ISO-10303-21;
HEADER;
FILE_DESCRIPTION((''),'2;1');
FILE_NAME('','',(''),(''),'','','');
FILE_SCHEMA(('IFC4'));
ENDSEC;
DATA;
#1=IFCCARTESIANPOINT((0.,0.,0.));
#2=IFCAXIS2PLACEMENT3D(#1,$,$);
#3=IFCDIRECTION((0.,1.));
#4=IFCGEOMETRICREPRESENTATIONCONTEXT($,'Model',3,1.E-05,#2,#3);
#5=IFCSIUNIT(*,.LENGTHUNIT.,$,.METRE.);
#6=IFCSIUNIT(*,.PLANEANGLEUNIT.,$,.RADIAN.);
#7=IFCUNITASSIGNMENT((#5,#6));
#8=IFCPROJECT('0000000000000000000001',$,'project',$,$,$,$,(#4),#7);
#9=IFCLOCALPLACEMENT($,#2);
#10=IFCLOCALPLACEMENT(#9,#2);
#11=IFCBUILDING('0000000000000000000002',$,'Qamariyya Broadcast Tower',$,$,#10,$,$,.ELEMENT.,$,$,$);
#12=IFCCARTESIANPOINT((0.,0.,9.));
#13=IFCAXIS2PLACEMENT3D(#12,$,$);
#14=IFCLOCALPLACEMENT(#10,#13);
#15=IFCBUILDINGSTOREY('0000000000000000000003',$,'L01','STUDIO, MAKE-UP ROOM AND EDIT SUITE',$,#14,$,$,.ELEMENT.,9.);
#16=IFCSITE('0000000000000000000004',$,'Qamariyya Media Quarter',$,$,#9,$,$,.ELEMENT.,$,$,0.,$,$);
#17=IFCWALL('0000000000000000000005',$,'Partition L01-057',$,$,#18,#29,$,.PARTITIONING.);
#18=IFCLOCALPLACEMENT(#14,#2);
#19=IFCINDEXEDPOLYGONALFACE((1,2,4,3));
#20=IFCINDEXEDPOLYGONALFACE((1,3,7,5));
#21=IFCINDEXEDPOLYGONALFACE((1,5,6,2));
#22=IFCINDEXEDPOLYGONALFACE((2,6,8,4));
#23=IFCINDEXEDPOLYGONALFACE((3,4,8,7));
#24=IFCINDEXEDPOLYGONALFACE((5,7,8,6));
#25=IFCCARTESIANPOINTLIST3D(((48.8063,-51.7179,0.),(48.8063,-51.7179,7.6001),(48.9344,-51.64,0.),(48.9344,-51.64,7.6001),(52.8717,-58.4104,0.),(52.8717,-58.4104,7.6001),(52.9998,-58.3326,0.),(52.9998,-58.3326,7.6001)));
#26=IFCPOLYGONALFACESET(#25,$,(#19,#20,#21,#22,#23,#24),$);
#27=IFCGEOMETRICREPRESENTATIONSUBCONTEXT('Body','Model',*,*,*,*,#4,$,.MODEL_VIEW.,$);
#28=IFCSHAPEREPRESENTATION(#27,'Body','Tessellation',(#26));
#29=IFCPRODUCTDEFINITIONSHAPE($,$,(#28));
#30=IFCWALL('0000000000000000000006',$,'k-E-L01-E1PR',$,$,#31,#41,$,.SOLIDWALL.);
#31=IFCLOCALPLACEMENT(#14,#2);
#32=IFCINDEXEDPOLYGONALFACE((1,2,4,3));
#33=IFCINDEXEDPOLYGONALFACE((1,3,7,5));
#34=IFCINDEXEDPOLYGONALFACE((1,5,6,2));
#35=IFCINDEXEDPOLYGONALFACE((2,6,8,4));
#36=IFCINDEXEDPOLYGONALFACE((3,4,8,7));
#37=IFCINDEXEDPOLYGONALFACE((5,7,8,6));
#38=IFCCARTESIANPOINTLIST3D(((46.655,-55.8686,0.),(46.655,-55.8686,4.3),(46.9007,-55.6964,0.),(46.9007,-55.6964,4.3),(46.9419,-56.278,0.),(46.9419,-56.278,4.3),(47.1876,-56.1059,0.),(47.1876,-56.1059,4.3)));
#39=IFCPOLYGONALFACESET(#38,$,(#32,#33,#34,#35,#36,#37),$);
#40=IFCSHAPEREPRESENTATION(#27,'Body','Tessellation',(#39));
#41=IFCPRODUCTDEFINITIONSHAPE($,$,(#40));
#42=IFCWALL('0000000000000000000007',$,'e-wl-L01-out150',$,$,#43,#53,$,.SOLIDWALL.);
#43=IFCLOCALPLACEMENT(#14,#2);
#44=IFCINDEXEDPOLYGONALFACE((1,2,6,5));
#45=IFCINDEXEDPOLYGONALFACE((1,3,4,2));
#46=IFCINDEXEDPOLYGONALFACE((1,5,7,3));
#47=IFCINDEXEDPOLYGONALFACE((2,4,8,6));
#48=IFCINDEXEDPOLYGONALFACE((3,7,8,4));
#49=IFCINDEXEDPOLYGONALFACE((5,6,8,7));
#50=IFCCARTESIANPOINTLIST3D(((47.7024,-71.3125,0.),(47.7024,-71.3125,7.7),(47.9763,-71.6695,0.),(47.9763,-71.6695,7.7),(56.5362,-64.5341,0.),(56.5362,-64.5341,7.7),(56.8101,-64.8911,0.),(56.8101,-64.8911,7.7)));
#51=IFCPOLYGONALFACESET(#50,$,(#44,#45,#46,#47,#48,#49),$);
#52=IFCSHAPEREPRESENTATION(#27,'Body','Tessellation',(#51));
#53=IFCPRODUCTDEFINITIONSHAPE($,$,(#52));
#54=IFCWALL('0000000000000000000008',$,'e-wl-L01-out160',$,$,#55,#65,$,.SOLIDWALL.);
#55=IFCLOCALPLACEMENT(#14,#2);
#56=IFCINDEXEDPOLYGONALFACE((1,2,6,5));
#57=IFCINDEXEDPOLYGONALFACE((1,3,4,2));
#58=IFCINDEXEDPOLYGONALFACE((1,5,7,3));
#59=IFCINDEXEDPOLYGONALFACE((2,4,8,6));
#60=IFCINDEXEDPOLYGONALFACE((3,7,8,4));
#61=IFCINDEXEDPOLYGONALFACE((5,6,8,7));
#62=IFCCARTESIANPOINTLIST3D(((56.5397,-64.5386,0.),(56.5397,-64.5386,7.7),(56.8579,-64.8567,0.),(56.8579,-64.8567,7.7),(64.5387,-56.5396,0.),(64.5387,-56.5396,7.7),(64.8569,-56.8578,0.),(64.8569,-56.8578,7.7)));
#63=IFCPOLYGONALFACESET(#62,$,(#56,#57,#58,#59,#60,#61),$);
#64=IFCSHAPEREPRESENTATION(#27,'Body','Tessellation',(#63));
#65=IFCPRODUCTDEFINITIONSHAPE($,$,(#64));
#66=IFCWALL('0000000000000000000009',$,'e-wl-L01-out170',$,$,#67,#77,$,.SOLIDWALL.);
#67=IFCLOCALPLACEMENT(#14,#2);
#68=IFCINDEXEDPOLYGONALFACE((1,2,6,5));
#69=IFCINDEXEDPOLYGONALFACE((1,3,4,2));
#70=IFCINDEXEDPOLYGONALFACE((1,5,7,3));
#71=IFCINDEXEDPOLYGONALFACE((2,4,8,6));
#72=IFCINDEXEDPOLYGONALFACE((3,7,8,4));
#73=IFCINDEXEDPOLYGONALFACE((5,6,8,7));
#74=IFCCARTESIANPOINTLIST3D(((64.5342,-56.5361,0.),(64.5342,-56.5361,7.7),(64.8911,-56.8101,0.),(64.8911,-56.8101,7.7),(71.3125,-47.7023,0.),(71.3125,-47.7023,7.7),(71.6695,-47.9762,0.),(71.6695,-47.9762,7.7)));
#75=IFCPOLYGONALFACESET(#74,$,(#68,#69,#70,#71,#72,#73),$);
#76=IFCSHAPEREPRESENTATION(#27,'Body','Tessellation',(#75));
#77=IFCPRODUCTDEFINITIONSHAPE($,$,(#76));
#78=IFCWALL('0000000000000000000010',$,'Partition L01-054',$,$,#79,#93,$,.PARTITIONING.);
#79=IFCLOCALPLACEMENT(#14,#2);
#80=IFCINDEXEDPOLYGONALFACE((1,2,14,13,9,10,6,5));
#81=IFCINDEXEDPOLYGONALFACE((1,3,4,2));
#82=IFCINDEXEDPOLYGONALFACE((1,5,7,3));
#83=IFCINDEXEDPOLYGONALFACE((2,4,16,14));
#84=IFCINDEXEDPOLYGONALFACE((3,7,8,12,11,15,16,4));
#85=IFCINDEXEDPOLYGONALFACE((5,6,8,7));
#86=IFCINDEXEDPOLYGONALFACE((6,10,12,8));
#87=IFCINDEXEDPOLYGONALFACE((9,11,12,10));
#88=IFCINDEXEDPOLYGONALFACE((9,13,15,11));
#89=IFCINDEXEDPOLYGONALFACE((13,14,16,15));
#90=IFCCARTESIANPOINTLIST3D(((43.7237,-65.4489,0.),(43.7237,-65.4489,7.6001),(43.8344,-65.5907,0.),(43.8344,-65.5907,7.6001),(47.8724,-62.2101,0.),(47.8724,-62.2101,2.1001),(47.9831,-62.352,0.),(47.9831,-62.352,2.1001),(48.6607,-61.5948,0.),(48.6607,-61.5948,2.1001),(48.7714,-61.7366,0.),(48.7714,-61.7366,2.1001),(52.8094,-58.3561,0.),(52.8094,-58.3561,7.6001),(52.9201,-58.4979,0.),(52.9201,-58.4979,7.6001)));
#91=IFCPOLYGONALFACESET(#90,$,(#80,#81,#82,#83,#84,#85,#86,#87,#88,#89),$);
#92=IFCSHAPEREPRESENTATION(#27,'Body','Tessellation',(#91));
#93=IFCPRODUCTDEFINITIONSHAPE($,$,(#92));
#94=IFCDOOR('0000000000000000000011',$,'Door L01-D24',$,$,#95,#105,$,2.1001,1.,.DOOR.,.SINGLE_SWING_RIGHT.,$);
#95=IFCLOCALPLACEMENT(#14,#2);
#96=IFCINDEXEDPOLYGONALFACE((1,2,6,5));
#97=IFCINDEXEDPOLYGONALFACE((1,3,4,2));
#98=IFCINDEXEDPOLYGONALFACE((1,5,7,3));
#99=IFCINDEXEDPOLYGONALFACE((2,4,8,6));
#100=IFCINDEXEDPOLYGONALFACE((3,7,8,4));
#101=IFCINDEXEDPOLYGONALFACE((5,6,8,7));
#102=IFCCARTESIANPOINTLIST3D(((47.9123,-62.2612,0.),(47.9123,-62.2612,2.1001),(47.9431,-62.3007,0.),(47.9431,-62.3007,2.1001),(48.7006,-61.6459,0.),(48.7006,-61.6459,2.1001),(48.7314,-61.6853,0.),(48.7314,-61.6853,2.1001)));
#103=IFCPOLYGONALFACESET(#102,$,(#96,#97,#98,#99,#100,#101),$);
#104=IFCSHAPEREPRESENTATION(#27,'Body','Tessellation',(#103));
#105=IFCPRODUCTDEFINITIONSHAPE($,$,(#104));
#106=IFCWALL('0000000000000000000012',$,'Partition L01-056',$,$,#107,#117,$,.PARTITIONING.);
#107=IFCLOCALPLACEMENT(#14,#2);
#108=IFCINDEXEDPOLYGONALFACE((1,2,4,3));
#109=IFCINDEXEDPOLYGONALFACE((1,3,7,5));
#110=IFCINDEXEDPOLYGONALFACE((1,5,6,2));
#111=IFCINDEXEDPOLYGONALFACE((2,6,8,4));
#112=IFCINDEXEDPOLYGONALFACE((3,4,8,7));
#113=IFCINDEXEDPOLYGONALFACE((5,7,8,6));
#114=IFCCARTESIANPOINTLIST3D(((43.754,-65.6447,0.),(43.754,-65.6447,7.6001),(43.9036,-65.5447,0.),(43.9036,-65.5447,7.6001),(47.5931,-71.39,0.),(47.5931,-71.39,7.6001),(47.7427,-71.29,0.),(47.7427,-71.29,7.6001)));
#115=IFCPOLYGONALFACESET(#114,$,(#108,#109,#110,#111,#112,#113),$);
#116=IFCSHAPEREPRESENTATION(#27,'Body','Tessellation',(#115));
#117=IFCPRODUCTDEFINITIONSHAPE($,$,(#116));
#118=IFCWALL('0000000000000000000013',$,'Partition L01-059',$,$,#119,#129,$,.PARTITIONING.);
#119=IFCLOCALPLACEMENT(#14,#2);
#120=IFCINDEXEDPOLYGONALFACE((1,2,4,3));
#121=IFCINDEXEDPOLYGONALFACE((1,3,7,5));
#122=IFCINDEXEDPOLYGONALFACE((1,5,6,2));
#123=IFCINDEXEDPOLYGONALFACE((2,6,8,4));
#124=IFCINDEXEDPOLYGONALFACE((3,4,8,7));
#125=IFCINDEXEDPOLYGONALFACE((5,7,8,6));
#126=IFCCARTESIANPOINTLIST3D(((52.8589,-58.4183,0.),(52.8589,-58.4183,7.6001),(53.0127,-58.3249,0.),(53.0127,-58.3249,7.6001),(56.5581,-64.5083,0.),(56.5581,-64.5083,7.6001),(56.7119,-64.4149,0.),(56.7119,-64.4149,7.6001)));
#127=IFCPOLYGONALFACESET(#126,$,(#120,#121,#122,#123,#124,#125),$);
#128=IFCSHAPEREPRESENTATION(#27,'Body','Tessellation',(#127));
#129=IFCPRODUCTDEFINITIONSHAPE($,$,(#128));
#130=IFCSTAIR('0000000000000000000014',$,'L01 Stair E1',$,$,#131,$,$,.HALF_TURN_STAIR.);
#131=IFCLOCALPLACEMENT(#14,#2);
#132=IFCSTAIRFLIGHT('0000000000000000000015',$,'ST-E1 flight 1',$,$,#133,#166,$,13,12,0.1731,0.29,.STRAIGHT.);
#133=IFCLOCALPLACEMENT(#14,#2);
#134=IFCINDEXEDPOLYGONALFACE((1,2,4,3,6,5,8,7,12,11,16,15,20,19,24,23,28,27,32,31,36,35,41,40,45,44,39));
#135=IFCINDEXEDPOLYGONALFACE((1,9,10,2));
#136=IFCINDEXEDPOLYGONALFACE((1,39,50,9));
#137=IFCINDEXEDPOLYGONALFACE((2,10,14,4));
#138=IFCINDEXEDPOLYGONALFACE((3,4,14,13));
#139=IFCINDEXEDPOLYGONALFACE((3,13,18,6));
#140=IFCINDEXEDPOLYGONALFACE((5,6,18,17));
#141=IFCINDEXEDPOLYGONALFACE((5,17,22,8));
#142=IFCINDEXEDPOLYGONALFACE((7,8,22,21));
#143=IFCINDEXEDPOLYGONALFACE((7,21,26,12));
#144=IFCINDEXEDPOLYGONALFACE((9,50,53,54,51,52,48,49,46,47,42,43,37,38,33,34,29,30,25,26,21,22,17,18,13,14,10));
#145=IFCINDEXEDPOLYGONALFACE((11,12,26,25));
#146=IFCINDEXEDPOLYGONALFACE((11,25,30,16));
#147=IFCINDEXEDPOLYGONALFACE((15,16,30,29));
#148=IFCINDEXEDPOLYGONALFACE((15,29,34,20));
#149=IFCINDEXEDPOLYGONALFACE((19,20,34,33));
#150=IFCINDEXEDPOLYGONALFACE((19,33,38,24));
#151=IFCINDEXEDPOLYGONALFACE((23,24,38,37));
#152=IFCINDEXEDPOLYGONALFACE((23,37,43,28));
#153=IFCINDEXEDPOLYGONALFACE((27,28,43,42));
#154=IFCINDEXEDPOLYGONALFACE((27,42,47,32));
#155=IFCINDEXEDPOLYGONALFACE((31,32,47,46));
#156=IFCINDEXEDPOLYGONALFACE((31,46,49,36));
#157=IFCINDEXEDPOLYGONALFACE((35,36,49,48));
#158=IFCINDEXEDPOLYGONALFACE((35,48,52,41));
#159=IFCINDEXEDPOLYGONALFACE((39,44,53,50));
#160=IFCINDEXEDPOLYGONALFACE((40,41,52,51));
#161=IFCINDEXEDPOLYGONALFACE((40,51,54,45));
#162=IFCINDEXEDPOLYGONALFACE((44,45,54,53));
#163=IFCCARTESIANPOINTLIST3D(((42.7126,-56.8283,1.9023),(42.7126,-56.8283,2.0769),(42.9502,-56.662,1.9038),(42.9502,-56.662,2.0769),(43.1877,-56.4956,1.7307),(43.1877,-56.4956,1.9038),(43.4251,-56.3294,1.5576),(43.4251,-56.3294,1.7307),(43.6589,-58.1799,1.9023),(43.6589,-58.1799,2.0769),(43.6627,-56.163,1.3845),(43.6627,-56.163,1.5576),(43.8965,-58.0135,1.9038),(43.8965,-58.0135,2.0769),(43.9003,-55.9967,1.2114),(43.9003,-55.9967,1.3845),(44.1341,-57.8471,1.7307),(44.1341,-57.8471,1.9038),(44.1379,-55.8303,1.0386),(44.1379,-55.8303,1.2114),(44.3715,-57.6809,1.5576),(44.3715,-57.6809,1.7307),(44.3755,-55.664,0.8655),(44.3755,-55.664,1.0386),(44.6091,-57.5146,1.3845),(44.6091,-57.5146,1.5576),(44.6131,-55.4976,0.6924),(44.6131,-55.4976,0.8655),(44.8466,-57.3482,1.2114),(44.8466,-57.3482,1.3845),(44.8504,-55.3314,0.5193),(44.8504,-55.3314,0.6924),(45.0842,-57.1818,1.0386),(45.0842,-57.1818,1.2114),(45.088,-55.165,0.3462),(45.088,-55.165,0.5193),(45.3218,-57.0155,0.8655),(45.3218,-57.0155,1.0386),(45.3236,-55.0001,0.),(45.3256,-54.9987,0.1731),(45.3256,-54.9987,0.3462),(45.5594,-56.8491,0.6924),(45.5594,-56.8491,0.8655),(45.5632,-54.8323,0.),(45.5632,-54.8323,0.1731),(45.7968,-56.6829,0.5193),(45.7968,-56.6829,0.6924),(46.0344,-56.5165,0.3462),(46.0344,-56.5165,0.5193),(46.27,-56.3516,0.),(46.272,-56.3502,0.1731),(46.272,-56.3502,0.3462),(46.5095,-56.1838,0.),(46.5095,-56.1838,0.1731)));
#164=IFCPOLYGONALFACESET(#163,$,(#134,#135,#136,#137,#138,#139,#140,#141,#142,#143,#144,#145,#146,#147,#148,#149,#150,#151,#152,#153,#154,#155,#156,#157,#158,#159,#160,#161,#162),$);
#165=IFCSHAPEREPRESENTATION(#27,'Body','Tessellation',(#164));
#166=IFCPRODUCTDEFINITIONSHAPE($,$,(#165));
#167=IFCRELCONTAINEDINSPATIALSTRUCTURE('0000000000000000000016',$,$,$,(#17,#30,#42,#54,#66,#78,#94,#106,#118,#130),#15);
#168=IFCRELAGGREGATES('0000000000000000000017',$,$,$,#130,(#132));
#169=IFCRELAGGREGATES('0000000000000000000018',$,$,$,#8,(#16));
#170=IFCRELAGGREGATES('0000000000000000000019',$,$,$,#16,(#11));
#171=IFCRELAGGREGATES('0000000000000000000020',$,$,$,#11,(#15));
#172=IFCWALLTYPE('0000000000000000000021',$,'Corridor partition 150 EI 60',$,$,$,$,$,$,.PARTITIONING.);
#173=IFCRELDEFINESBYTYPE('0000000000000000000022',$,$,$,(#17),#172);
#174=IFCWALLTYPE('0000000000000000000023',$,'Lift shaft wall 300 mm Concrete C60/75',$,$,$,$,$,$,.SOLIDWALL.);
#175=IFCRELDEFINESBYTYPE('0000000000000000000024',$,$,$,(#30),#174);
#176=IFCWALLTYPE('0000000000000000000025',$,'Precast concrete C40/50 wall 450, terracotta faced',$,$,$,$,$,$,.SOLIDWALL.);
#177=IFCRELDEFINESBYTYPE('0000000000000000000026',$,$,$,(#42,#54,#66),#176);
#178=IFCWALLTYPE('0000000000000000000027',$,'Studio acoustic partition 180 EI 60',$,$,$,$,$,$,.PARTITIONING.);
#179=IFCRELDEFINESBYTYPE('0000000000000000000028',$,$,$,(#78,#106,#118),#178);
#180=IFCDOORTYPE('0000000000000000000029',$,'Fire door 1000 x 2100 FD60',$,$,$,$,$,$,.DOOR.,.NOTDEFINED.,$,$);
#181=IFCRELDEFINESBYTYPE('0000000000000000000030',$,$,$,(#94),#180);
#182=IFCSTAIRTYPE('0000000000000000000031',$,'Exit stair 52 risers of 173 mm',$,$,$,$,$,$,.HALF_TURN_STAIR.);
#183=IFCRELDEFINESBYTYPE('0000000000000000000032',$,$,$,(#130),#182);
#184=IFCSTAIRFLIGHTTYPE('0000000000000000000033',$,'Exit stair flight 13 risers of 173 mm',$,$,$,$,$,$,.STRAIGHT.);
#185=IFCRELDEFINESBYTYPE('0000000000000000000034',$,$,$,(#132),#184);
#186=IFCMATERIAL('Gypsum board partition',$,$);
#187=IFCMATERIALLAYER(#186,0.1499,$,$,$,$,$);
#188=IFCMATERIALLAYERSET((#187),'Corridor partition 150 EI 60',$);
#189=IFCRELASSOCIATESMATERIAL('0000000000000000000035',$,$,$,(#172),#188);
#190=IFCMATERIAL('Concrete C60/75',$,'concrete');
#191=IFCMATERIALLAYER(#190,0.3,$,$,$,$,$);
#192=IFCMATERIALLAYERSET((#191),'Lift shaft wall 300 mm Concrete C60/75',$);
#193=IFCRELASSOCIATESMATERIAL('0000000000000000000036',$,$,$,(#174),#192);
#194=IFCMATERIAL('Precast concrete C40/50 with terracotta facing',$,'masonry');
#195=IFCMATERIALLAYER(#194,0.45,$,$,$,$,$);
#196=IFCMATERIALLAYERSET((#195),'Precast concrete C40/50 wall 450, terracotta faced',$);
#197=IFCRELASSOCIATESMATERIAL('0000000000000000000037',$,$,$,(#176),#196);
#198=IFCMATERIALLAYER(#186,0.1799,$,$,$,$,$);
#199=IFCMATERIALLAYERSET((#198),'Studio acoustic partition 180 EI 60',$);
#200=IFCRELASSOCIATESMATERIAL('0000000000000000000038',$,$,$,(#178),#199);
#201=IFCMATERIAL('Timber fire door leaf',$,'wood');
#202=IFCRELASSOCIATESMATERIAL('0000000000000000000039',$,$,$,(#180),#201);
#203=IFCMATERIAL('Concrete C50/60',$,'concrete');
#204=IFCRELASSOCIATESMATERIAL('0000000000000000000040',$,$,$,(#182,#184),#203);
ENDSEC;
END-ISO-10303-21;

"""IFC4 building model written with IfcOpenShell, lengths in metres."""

from ifc_helpers import new_model, si_unit, direction, frame, frame_2d, origin, place, context, subcontext, project, spatial, polyline, rectangle, outline, extrude, material, layer, layer_set, type_object, element, fill, aggregate, save


model = new_model("IFC4")

# Units and contexts
model_context = context("Model", 3, precision=1e-05, world=origin(), true_north=direction((0.0, 1.0)))
body_context = subcontext(model_context, "Body", "Model", "MODEL_VIEW")
ifc_project = project(units=[si_unit("LENGTHUNIT", "METRE"), si_unit("PLANEANGLEUNIT", "RADIAN")], contexts=[model_context])

# Site, building, storey
site_placement = place(None, origin())
site = spatial("IfcSite", under=ifc_project, at=site_placement, Name="Qamariyya Media Quarter", CompositionType="ELEMENT", RefElevation=0.0)
building_placement = place(site_placement, origin())
building = spatial("IfcBuilding", under=site, at=building_placement, Name="Qamariyya Broadcast Tower", CompositionType="ELEMENT")
storey_placement = place(building_placement, frame((0.0, 0.0, 9.0)))
storey = spatial("IfcBuildingStorey", under=building, at=storey_placement, Name="L01", Description="STUDIO, MAKE-UP ROOM AND EDIT SUITE", CompositionType="ELEMENT", Elevation=9.0)

# Shared definitions
ifc_material_1 = material(Name="Concrete C50/60", Category="concrete")

# Walls
ifc_material_2 = material(Name="Gypsum board partition")
ifc_layer_1 = layer(ifc_material_2, 0.1499)
ifc_layer_set_1 = layer_set([ifc_layer_1], Name="Corridor partition 150 EI 60")
wall_type_1 = type_object("IfcWallType", Name="Corridor partition 150 EI 60", PredefinedType="PARTITIONING", material=ifc_layer_set_1)
wall_1_placement = place(storey_placement, frame((48.8704, -51.679, 0.0), z_axis=(0.0, 0.0, 1.0), x_axis=(0.519169, -0.854671, 0.0)))
element("IfcWall", 1, at=wall_1_placement, inside=storey, type_object=wall_type_1, Name="Partition L01-057", PredefinedType="PARTITIONING", context=body_context, shape_type="SweptSolid", body=[
    extrude(rectangle(XDim=7.8306, YDim=0.1499, at=frame_2d((3.9153, 0.0))), origin(), (0.0, 0.0, 1.0), 7.6001),
])
ifc_material_3 = material(Name="Concrete C60/75", Category="concrete")
ifc_layer_2 = layer(ifc_material_3, 0.3)
ifc_layer_set_2 = layer_set([ifc_layer_2], Name="Lift shaft wall 300 mm Concrete C60/75")
wall_type_2 = type_object("IfcWallType", Name="Lift shaft wall 300 mm Concrete C60/75", PredefinedType="SOLIDWALL", material=ifc_layer_set_2)
wall_2_placement = place(storey_placement, frame((46.7778, -55.7825, 0.0), z_axis=(0.0, 0.0, 1.0), x_axis=(0.573823, -0.818979, 0.0)))
element("IfcWall", 2, at=wall_2_placement, inside=storey, type_object=wall_type_2, Name="k-E-L01-E1PR", PredefinedType="SOLIDWALL", context=body_context, shape_type="SweptSolid", body=[
    extrude(rectangle(XDim=0.5, YDim=0.3, at=frame_2d((0.25, 0.0))), origin(), (0.0, 0.0, 1.0), 4.3),
])
ifc_material_4 = material(Name="Precast concrete C40/50 with terracotta facing", Category="masonry")
ifc_layer_3 = layer(ifc_material_4, 0.45)
ifc_layer_set_3 = layer_set([ifc_layer_3], Name="Precast concrete C40/50 wall 450, terracotta faced")
wall_type_3 = type_object("IfcWallType", Name="Precast concrete C40/50 wall 450, terracotta faced", PredefinedType="SOLIDWALL", material=ifc_layer_set_3)
wall_3_placement = place(storey_placement, frame((47.8394, -71.491, 0.0), z_axis=(0.0, 0.0, 1.0), x_axis=(0.793355, 0.608759, 0.0)))
element("IfcWall", 3, at=wall_3_placement, inside=storey, type_object=wall_type_3, Name="e-wl-L01-out150", PredefinedType="SOLIDWALL", context=body_context, shape_type="SweptSolid", body=[
    extrude(rectangle(XDim=11.1348, YDim=0.45, at=frame_2d((5.5674, 0.0))), origin(), (0.0, 0.0, 1.0), 7.7),
])
wall_4_placement = place(storey_placement, frame((56.6987, -64.6978, 0.0), z_axis=(0.0, 0.0, 1.0), x_axis=(0.707107, 0.707107, 0.0)))
element("IfcWall", 4, at=wall_4_placement, inside=storey, type_object=wall_type_3, Name="e-wl-L01-out160", PredefinedType="SOLIDWALL", context=body_context, shape_type="SweptSolid", body=[
    extrude(rectangle(XDim=11.3123, YDim=0.45, at=frame_2d((5.6562, 0.0))), origin(), (0.0, 0.0, 1.0), 7.7),
])
wall_5_placement = place(storey_placement, frame((64.7126, -56.6731, 0.0), z_axis=(0.0, 0.0, 1.0), x_axis=(0.608759, 0.793355, 0.0)))
element("IfcWall", 5, at=wall_5_placement, inside=storey, type_object=wall_type_3, Name="e-wl-L01-out170", PredefinedType="SOLIDWALL", context=body_context, shape_type="SweptSolid", body=[
    extrude(rectangle(XDim=11.1348, YDim=0.45, at=frame_2d((5.5674, 0.0))), origin(), (0.0, 0.0, 1.0), 7.7),
])

# Wall, opening, door
ifc_layer_4 = layer(ifc_material_2, 0.1799)
ifc_layer_set_4 = layer_set([ifc_layer_4], Name="Studio acoustic partition 180 EI 60")
wall_type_4 = type_object("IfcWallType", Name="Studio acoustic partition 180 EI 60", PredefinedType="PARTITIONING", material=ifc_layer_set_4)
wall_6_placement = place(storey_placement, frame((52.8647, -58.427, 0.0), z_axis=(0.0, 0.0, 1.0), x_axis=(-0.788253, -0.615352, 0.0)))
wall_6 = element("IfcWall", 6, at=wall_6_placement, inside=storey, type_object=wall_type_4, Name="Partition L01-054", PredefinedType="PARTITIONING", context=body_context, shape_type="SweptSolid", body=[
    extrude(rectangle(XDim=11.5264, YDim=0.1799, at=frame_2d((5.7632, 0.0))), origin(), (0.0, 0.0, 1.0), 7.6001),
])
opening_1_placement = place(wall_6_placement, frame((5.2632, 0.0, 0.0)))
opening_1 = element("IfcOpeningElement", 7, at=opening_1_placement, cuts=wall_6, PredefinedType="OPENING", context=body_context, shape_type="SweptSolid", body=[
    extrude(rectangle(XDim=1.0, YDim=2.1001, at=frame_2d((0.5, 1.05))), frame((0.0, 0.0999, 0.0), z_axis=(0.0, -1.0, 0.0), x_axis=(1.0, 0.0, 0.0)), (0.0, 0.0, 1.0), 0.2),
])
ifc_material_5 = material(Name="Timber fire door leaf", Category="wood")
door_type_1 = type_object("IfcDoorType", Name="Fire door 1000 x 2100 FD60", OperationType="NOTDEFINED", PredefinedType="DOOR", material=ifc_material_5)
door_1_placement = place(opening_1_placement, origin())
door_1 = element("IfcDoor", 8, at=door_1_placement, inside=storey, type_object=door_type_1, Name="Door L01-D24", OperationType="SINGLE_SWING_RIGHT", OverallHeight=2.1001, OverallWidth=1.0, PredefinedType="DOOR", context=body_context, shape_type="SweptSolid", body=[
    extrude(rectangle(XDim=1.0, YDim=2.1001, at=frame_2d((0.5, 1.05))), frame((0.0, 0.0249, 0.0), z_axis=(0.0, -1.0, 0.0), x_axis=(1.0, 0.0, 0.0)), (0.0, 0.0, 1.0), 0.05),
])
fill(opening_1, door_1)

# Walls
wall_7_placement = place(storey_placement, frame((47.668, -71.3401, 0.0), z_axis=(0.0, 0.0, 1.0), x_axis=(-0.555589, 0.831457, 0.0)))
element("IfcWall", 9, at=wall_7_placement, inside=storey, type_object=wall_type_4, Name="Partition L01-056", PredefinedType="PARTITIONING", context=body_context, shape_type="SweptSolid", body=[
    extrude(rectangle(XDim=6.9099, YDim=0.1799, at=frame_2d((3.4551, 0.0))), origin(), (0.0, 0.0, 1.0), 7.6001),
])
wall_8_placement = place(storey_placement, frame((52.9358, -58.3716, 0.0), z_axis=(0.0, 0.0, 1.0), x_axis=(0.519149, -0.854684, 0.0)))
element("IfcWall", 10, at=wall_8_placement, inside=storey, type_object=wall_type_4, Name="Partition L01-059", PredefinedType="PARTITIONING", context=body_context, shape_type="SweptSolid", body=[
    extrude(rectangle(XDim=7.1255, YDim=0.1799, at=frame_2d((3.5627, 0.0))), origin(), (0.0, 0.0, 1.0), 7.6001),
])

# Stair, stair flight
stair_type = type_object("IfcStairType", Name="Exit stair 52 risers of 173 mm", PredefinedType="HALF_TURN_STAIR", material=ifc_material_1)
stair_placement = place(storey_placement, origin())
stair = element("IfcStair", 11, at=stair_placement, inside=storey, type_object=stair_type, Name="L01 Stair E1", PredefinedType="HALF_TURN_STAIR")
stair_flight_type = type_object("IfcStairFlightType", Name="Exit stair flight 13 risers of 173 mm", PredefinedType="STRAIGHT", material=ifc_material_1)
stair_flight_1_placement = place(storey_placement, frame((46.0364, -55.5081, 0.0), z_axis=(0.0, 0.0, 1.0), x_axis=(-0.819152, -0.573576, 0.0)))
stair_flight_1 = element("IfcStairFlight", 12, at=stair_flight_1_placement, type_object=stair_flight_type, Name="ST-E1 flight 1", NumberOfRisers=13, NumberOfTreads=12, PredefinedType="STRAIGHT", RiserHeight=0.1731, TreadLength=0.29, context=body_context, shape_type="SweptSolid", body=[
    extrude(outline(polyline([(0.0, 0.0), (0.0, 0.1731), (0.29, 0.1731), (0.29, 0.3462), (0.5801, 0.3462), (0.5801, 0.5193), (0.8701, 0.5193), (0.8701, 0.6924), (1.1599, 0.6924), (1.1599, 0.8655), (1.45, 0.8655), (1.45, 1.0386), (1.74, 1.0386), (1.74, 1.2114), (2.03, 1.2114), (2.03, 1.3845), (2.3201, 1.3845), (2.3201, 1.5576), (2.6101, 1.5576), (2.6101, 1.7307), (2.8999, 1.7307), (2.8999, 1.9038), (3.1899, 1.9038), (3.1899, 2.0769), (3.48, 2.0769), (3.48, 2.25), (3.48, 1.9023), (0.2925, 0.0), (0.0, 0.0)])), frame((0.0, 0.825, 0.0), z_axis=(0.0, -1.0, 0.0), x_axis=(1.0, 0.0, 0.0)), (0.0, 0.0, 1.0), 1.6499),
])
aggregate(stair, [stair_flight_1])

save(model, "model.ifc")
